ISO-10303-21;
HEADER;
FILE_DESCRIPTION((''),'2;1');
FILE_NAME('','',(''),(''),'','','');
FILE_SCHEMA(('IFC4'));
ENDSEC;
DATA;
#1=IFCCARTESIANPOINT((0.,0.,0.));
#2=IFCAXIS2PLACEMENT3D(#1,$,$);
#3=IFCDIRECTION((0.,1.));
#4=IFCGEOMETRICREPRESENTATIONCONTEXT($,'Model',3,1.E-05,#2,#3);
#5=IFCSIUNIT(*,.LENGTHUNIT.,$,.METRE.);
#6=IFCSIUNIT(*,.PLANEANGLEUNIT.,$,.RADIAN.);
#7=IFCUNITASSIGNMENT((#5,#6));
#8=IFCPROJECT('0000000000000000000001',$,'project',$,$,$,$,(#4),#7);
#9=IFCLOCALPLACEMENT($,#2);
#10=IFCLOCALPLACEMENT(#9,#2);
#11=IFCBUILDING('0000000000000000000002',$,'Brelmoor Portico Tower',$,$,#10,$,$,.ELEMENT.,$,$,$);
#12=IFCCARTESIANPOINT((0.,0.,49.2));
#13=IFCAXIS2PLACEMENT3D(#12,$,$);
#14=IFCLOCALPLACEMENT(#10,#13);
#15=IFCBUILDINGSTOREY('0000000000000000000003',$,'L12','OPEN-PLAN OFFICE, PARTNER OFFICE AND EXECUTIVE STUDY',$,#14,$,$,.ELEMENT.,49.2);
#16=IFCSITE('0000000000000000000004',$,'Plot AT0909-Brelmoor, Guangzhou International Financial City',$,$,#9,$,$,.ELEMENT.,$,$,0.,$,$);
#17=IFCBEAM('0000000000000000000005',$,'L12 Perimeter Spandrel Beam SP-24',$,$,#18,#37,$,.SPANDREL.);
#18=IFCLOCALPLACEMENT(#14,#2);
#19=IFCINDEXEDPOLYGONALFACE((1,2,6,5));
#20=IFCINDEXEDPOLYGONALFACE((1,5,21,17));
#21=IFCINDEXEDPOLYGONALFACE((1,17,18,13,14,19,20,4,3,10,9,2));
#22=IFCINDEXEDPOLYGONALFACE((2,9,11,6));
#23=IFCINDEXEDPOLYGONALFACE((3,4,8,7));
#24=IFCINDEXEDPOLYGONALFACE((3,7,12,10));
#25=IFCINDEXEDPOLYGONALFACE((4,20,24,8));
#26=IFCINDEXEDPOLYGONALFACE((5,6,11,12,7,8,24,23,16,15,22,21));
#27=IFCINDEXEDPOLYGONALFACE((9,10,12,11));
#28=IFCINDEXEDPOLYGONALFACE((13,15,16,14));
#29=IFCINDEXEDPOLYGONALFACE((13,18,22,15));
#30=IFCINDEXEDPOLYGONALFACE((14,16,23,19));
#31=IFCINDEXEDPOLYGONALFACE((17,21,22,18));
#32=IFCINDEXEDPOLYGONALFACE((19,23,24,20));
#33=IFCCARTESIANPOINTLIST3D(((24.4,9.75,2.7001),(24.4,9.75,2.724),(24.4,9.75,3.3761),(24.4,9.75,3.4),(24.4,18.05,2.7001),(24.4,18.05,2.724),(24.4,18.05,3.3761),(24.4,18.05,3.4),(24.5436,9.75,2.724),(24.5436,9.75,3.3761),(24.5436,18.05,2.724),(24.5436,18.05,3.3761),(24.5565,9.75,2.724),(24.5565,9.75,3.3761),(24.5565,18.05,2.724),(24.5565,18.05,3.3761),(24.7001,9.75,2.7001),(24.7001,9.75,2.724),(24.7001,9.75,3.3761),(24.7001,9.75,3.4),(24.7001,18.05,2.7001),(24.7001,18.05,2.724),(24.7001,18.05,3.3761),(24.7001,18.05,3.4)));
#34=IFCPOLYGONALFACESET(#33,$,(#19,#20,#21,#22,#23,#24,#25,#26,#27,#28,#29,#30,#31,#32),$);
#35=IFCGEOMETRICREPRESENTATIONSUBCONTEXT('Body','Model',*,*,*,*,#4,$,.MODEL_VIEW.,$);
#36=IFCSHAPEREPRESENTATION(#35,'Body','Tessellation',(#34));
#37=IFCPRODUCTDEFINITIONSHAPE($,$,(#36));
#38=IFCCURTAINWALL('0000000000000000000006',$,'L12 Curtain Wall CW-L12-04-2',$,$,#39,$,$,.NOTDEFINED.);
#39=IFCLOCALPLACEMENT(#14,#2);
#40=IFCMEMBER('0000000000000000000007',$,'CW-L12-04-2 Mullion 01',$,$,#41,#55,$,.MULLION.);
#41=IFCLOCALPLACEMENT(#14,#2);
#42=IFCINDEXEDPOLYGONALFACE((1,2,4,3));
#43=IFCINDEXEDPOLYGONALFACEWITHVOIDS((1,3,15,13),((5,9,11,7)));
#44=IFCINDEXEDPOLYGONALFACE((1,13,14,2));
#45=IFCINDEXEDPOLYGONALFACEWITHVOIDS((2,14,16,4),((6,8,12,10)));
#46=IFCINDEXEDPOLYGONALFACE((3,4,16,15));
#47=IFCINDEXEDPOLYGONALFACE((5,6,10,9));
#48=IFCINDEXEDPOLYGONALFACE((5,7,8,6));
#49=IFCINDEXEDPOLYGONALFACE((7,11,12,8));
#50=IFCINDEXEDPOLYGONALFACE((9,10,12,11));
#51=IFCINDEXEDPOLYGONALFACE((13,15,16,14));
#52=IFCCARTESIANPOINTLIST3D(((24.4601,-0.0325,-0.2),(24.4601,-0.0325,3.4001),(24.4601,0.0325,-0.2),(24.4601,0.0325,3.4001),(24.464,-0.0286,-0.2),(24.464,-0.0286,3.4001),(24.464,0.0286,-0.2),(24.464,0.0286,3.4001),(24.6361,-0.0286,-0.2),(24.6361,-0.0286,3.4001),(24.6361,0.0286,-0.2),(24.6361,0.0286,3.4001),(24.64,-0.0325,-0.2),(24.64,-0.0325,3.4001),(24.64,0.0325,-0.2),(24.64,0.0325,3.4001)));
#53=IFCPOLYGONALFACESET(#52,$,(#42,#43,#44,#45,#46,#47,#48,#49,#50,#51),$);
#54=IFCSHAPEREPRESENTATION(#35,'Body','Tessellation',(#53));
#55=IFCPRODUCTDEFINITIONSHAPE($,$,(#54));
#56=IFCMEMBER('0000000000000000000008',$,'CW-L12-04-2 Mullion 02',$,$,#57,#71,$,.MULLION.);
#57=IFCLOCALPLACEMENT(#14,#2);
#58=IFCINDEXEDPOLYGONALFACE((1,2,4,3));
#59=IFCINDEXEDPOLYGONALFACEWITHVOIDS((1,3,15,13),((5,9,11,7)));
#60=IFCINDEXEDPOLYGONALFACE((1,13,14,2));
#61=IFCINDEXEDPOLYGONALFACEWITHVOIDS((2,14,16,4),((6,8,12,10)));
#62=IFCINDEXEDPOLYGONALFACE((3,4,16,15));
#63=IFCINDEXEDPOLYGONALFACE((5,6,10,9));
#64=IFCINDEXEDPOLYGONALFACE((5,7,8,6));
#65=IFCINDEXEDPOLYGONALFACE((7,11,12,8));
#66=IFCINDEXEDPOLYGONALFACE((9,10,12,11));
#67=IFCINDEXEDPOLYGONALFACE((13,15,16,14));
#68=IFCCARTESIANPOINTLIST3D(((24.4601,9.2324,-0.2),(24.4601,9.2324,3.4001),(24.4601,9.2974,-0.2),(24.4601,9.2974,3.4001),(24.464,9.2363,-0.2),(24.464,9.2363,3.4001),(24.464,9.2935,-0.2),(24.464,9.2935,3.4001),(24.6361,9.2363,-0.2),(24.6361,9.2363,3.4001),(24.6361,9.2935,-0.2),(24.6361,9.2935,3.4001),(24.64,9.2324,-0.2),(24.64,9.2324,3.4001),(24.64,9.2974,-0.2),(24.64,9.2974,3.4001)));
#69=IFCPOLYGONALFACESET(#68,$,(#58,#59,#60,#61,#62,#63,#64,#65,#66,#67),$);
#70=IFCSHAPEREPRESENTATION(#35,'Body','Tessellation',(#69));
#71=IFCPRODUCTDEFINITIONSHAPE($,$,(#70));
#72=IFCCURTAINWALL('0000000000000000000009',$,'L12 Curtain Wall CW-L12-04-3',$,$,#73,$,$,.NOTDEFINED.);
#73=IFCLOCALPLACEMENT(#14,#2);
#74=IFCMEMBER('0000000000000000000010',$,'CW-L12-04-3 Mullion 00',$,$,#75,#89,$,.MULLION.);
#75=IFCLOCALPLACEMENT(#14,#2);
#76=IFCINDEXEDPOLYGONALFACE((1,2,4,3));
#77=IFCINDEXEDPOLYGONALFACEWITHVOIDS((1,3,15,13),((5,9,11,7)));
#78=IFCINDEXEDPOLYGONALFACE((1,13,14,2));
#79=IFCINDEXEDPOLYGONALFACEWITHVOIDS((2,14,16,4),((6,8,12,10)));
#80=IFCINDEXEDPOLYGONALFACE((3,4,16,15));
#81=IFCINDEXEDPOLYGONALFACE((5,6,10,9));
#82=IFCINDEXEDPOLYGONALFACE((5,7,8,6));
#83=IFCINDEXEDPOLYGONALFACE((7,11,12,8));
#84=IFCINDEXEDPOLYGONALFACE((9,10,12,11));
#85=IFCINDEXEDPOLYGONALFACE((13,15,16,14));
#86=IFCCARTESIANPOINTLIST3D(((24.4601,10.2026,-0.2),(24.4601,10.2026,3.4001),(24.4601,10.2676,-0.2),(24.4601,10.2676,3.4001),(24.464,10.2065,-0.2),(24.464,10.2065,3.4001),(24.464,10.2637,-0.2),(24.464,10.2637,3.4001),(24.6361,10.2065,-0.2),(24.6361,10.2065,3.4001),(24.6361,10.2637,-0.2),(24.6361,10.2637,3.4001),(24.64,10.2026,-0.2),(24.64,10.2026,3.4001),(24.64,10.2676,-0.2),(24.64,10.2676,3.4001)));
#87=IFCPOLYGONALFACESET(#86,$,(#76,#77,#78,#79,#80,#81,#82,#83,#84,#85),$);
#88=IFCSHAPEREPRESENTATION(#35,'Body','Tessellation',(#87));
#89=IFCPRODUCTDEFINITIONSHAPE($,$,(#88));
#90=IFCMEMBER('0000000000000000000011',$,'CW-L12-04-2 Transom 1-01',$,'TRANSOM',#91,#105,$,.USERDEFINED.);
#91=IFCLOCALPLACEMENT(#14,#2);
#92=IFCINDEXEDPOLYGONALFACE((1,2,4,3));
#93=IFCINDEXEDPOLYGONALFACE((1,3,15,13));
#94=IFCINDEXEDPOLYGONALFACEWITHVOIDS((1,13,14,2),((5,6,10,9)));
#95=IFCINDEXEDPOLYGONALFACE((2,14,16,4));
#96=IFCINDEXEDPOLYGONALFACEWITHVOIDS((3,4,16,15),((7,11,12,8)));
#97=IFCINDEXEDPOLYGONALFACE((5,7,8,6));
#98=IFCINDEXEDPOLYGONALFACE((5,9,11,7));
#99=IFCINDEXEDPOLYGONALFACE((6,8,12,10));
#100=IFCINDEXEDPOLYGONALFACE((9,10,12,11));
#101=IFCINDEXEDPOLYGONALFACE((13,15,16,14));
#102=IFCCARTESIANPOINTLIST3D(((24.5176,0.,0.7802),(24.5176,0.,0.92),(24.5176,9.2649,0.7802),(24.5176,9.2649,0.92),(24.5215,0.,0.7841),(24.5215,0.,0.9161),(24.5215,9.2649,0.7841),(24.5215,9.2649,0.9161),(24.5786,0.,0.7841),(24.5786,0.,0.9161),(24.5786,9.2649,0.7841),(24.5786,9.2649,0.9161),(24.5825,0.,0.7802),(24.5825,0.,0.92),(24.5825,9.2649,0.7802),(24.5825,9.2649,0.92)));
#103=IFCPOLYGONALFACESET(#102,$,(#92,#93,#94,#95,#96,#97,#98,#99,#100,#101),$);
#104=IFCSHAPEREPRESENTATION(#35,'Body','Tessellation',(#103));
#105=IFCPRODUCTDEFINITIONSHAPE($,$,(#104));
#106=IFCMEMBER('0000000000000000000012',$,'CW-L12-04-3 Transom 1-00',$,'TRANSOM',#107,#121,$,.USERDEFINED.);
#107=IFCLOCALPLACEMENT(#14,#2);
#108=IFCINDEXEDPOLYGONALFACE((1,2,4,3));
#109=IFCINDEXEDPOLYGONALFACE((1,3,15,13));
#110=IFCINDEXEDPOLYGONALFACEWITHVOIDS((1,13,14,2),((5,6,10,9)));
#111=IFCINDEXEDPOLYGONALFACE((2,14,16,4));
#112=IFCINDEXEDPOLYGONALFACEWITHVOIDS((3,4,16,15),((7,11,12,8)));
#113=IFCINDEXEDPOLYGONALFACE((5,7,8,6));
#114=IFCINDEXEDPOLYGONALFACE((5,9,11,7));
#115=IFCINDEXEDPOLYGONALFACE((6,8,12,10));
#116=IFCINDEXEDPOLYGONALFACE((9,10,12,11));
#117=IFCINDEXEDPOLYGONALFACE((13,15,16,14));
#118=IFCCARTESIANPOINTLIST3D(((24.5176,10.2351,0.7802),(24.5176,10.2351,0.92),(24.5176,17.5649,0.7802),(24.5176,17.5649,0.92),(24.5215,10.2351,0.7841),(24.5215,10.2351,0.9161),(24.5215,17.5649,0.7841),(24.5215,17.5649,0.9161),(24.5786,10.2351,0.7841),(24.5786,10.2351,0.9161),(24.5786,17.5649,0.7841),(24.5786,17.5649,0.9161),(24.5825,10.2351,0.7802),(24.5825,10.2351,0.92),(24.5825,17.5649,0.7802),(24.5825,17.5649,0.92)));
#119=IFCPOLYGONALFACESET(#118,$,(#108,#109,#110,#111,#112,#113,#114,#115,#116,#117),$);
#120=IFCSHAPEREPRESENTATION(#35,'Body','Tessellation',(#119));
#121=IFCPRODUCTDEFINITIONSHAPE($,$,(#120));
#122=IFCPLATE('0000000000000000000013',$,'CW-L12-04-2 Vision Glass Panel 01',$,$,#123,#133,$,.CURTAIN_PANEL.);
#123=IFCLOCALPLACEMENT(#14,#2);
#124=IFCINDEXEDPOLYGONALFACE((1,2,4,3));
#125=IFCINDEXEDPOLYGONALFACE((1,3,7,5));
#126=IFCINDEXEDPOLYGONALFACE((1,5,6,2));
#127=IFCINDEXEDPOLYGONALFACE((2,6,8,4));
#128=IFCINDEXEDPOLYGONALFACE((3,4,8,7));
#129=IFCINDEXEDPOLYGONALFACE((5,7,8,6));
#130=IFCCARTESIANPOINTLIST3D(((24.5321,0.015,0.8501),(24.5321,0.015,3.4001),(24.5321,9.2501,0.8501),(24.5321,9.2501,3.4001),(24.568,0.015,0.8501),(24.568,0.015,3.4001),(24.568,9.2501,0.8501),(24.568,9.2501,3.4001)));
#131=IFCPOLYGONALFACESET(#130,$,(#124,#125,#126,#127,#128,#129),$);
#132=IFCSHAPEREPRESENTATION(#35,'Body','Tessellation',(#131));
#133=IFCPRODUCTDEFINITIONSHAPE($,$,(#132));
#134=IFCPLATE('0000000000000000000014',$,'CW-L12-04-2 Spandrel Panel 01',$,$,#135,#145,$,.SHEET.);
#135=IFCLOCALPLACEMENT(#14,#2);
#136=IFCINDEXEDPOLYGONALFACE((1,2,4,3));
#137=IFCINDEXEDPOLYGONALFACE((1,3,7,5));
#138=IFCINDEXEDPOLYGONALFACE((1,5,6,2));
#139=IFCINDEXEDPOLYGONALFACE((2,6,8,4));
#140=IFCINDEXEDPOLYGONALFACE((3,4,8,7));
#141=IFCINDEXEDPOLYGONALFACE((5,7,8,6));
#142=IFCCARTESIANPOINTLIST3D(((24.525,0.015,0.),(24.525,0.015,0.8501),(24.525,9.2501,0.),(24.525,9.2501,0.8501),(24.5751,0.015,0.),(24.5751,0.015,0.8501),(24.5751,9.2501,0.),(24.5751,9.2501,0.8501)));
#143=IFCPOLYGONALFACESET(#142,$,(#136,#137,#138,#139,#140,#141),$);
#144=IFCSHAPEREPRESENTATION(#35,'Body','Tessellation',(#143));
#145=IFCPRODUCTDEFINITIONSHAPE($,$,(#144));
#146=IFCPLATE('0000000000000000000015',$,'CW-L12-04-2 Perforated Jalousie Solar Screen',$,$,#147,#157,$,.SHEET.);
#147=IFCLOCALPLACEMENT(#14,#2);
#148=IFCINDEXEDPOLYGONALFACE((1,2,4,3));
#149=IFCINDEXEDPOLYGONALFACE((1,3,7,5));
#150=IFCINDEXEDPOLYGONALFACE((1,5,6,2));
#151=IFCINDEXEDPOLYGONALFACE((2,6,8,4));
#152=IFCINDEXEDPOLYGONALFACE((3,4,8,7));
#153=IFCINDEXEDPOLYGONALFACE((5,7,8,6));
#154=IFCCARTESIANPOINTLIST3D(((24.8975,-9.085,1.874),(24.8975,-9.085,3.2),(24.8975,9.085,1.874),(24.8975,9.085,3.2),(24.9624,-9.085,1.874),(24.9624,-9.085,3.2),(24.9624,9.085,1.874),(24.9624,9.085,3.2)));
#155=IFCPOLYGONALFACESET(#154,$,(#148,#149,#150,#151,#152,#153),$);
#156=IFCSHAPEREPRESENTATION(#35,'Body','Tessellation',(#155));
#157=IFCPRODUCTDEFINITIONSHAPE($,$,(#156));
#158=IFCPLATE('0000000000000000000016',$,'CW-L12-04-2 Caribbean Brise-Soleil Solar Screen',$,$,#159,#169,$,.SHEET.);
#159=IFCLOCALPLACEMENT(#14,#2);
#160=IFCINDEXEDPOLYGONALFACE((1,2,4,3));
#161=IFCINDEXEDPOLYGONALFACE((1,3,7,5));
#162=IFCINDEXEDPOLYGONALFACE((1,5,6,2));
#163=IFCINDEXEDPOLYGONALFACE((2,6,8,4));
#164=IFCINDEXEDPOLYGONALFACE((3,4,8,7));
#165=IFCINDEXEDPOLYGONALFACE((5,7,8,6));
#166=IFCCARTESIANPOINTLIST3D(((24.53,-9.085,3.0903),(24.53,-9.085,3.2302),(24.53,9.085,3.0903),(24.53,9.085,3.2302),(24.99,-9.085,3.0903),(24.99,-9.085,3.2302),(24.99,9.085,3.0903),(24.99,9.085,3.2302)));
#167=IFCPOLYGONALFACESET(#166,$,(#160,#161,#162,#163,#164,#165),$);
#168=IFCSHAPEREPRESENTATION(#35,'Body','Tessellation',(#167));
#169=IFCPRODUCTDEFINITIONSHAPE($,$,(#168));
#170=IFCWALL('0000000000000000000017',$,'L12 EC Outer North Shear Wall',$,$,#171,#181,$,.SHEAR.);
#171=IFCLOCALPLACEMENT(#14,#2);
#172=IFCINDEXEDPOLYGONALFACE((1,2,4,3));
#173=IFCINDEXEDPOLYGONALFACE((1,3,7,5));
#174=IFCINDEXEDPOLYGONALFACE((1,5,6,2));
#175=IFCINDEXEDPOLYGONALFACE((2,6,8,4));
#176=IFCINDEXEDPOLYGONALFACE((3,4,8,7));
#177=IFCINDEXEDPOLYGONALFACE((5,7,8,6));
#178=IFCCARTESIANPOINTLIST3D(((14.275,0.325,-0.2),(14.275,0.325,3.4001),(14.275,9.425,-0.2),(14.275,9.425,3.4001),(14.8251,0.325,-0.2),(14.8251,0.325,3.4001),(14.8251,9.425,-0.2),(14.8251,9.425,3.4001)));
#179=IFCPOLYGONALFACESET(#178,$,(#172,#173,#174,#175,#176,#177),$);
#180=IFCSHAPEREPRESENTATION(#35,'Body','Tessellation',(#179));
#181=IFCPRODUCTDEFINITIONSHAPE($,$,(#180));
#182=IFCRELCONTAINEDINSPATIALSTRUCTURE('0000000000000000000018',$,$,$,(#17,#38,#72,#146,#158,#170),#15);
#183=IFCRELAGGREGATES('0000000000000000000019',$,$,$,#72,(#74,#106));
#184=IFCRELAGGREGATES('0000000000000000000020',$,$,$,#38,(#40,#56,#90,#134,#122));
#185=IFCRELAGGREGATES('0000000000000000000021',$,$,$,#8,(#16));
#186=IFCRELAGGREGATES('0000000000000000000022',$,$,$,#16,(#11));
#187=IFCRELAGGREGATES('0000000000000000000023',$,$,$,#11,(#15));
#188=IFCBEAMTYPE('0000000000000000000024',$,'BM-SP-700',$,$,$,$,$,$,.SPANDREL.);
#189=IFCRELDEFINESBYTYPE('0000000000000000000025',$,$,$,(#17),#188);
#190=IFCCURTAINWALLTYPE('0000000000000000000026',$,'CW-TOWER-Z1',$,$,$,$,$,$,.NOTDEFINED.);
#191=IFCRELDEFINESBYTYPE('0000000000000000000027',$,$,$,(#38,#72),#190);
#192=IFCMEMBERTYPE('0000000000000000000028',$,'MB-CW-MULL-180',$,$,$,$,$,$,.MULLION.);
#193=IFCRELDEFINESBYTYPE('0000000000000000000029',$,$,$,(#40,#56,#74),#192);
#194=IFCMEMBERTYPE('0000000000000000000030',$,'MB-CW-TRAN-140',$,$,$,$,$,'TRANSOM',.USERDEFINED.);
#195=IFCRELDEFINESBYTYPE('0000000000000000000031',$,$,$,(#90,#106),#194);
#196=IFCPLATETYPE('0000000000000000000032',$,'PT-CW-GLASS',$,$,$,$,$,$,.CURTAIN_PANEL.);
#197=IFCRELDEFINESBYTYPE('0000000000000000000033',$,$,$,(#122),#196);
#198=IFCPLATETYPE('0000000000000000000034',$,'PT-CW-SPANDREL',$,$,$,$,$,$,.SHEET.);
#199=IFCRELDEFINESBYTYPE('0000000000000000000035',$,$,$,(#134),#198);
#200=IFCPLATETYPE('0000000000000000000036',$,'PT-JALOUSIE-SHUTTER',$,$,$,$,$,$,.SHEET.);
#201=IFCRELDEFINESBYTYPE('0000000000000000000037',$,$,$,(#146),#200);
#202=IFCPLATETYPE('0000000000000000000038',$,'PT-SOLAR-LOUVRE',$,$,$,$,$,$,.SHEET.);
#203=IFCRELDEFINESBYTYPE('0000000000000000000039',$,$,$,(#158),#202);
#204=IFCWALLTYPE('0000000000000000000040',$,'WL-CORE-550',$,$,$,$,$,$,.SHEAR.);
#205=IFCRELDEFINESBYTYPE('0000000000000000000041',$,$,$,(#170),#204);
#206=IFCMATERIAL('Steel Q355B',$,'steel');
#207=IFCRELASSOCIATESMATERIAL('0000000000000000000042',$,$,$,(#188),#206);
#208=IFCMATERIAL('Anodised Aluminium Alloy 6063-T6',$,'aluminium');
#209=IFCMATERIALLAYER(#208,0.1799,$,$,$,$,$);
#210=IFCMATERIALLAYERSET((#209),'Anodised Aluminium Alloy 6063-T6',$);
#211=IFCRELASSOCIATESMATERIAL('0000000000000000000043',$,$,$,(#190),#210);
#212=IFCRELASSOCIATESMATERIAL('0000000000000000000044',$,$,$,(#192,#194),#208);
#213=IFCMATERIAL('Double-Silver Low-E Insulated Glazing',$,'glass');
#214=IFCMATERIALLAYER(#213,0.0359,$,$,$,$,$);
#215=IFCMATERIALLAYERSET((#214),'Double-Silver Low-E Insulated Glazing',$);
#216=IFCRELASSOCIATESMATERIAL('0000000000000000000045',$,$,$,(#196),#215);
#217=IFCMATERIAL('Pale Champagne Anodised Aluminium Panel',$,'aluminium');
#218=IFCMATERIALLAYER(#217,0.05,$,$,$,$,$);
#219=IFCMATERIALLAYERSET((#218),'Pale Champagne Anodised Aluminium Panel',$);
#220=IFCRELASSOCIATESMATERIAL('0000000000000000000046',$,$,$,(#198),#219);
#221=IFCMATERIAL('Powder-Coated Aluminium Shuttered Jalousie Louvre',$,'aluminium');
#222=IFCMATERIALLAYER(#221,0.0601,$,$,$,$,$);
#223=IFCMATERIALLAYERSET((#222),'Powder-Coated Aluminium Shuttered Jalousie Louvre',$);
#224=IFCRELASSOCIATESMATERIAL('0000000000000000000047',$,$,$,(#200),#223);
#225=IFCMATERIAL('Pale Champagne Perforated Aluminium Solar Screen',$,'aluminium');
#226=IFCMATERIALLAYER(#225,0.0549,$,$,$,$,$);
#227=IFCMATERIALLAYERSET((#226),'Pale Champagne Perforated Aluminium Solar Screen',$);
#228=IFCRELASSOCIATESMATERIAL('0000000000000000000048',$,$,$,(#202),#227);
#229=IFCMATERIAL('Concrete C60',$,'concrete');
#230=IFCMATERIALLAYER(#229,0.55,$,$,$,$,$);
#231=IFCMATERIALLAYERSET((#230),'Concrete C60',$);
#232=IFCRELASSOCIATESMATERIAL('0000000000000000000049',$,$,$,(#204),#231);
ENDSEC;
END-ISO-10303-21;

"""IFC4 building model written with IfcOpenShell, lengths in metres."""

from ifc_helpers import new_model, si_unit, direction, frame, frame_2d, origin, origin_2d, place, context, subcontext, project, spatial, rectangle, hollow_rectangle, i_section, extrude, material, layer, layer_set, material_profile, profile_set, type_object, element, aggregate, save


model = new_model("IFC4")

# Units and contexts
model_context = context("Model", 3, precision=1e-05, world=origin(), true_north=direction((0.0, 1.0)))
body_context = subcontext(model_context, "Body", "Model", "MODEL_VIEW")
ifc_project = project(units=[si_unit("LENGTHUNIT", "METRE"), si_unit("PLANEANGLEUNIT", "RADIAN")], contexts=[model_context])

# Site, building, storey
site_placement = place(None, origin())
site = spatial("IfcSite", under=ifc_project, at=site_placement, Name="Plot AT0909-Brelmoor, Guangzhou International Financial City", CompositionType="ELEMENT", RefElevation=0.0)
building_placement = place(site_placement, origin())
building = spatial("IfcBuilding", under=site, at=building_placement, Name="Brelmoor Portico Tower", CompositionType="ELEMENT")
storey_placement = place(building_placement, frame((0.0, 0.0, 49.2)))
storey = spatial("IfcBuildingStorey", under=building, at=storey_placement, Name="L12", Description="OPEN-PLAN OFFICE, PARTNER OFFICE AND EXECUTIVE STUDY", CompositionType="ELEMENT", Elevation=49.2)

# Shared definitions
ifc_material_1 = material(Name="Steel Q355B", Category="steel")

# Beam
ifc_material_profile_1 = material_profile(ifc_material_1, i_section(OverallWidth=0.3, OverallDepth=0.7, WebThickness=0.0129, FlangeThickness=0.0239, at=origin_2d()), Name="HN 700x300x13x24")
ifc_profile_set_1 = profile_set([ifc_material_profile_1], Name="Steel Q355B")
beam_type_1 = type_object("IfcBeamType", Name="BM-SP-700", PredefinedType="SPANDREL", material=ifc_profile_set_1)
beam_1_placement = place(storey_placement, frame((24.55, 9.75, 3.05), z_axis=(0.0, 1.0, 0.0), x_axis=(-1.0, 0.0, 0.0)))
element("IfcBeam", 1, at=beam_1_placement, inside=storey, type_object=beam_type_1, Name="L12 Perimeter Spandrel Beam SP-24", PredefinedType="SPANDREL", context=body_context, shape_type="SweptSolid", body=[
    extrude(i_section(OverallWidth=0.3, OverallDepth=0.7, WebThickness=0.0129, FlangeThickness=0.0239, at=origin_2d()), origin(), (0.0, 0.0, 1.0), 8.3),
])

# Curtain wall, members
ifc_material_2 = material(Name="Anodised Aluminium Alloy 6063-T6", Category="aluminium")
ifc_layer_1 = layer(ifc_material_2, 0.1799)
ifc_layer_set_1 = layer_set([ifc_layer_1], Name="Anodised Aluminium Alloy 6063-T6")
curtain_wall_type = type_object("IfcCurtainWallType", Name="CW-TOWER-Z1", PredefinedType="NOTDEFINED", material=ifc_layer_set_1)
curtain_wall_1_placement = place(storey_placement, origin())
curtain_wall_1 = element("IfcCurtainWall", 2, at=curtain_wall_1_placement, inside=storey, type_object=curtain_wall_type, Name="L12 Curtain Wall CW-L12-04-2", PredefinedType="NOTDEFINED")
ifc_material_profile_2 = material_profile(ifc_material_2, hollow_rectangle(XDim=0.0649, YDim=0.1799, WallThickness=0.0039, at=origin_2d()), Name="ALU MULLION 65x180")
ifc_profile_set_2 = profile_set([ifc_material_profile_2], Name="Anodised Aluminium Alloy 6063-T6")
member_type_1 = type_object("IfcMemberType", Name="MB-CW-MULL-180", PredefinedType="MULLION", material=ifc_profile_set_2)
member_1_placement = place(storey_placement, frame((24.55, 0.0, -0.2), z_axis=(0.0, 0.0, 1.0), x_axis=(0.0, 1.0, 0.0)))
member_1 = element("IfcMember", 3, at=member_1_placement, type_object=member_type_1, Name="CW-L12-04-2 Mullion 01", PredefinedType="MULLION", context=body_context, shape_type="SweptSolid", body=[
    extrude(hollow_rectangle(XDim=0.0649, YDim=0.1799, WallThickness=0.0039, at=origin_2d()), origin(), (0.0, 0.0, 1.0), 3.6001),
])
member_2_placement = place(storey_placement, frame((24.55, 9.2649, -0.2), z_axis=(0.0, 0.0, 1.0), x_axis=(0.0, 1.0, 0.0)))
member_2 = element("IfcMember", 4, at=member_2_placement, type_object=member_type_1, Name="CW-L12-04-2 Mullion 02", PredefinedType="MULLION", context=body_context, shape_type="SweptSolid", body=[
    extrude(hollow_rectangle(XDim=0.0649, YDim=0.1799, WallThickness=0.0039, at=origin_2d()), origin(), (0.0, 0.0, 1.0), 3.6001),
])

# Curtain wall, member
curtain_wall_2_placement = place(storey_placement, origin())
curtain_wall_2 = element("IfcCurtainWall", 5, at=curtain_wall_2_placement, inside=storey, type_object=curtain_wall_type, Name="L12 Curtain Wall CW-L12-04-3", PredefinedType="NOTDEFINED")
member_3_placement = place(storey_placement, frame((24.55, 10.2351, -0.2), z_axis=(0.0, 0.0, 1.0), x_axis=(0.0, 1.0, 0.0)))
member_3 = element("IfcMember", 6, at=member_3_placement, type_object=member_type_1, Name="CW-L12-04-3 Mullion 00", PredefinedType="MULLION", context=body_context, shape_type="SweptSolid", body=[
    extrude(hollow_rectangle(XDim=0.0649, YDim=0.1799, WallThickness=0.0039, at=origin_2d()), origin(), (0.0, 0.0, 1.0), 3.6001),
])

# Members
ifc_material_profile_3 = material_profile(ifc_material_2, hollow_rectangle(XDim=0.0649, YDim=0.1399, WallThickness=0.0039, at=origin_2d()), Name="ALU TRANSOM 65x140")
ifc_profile_set_3 = profile_set([ifc_material_profile_3], Name="Anodised Aluminium Alloy 6063-T6")
member_type_2 = type_object("IfcMemberType", Name="MB-CW-TRAN-140", ElementType="TRANSOM", PredefinedType="USERDEFINED", material=ifc_profile_set_3)
member_4_placement = place(storey_placement, frame((24.55, 0.0, 0.8501), z_axis=(0.0, 1.0, 0.0), x_axis=(-1.0, 0.0, 0.0)))
member_4 = element("IfcMember", 7, at=member_4_placement, type_object=member_type_2, Name="CW-L12-04-2 Transom 1-01", ObjectType="TRANSOM", PredefinedType="USERDEFINED", context=body_context, shape_type="SweptSolid", body=[
    extrude(hollow_rectangle(XDim=0.0649, YDim=0.1399, WallThickness=0.0039, at=origin_2d()), origin(), (0.0, 0.0, 1.0), 9.2649),
])
member_5_placement = place(storey_placement, frame((24.55, 10.2351, 0.8501), z_axis=(0.0, 1.0, 0.0), x_axis=(-1.0, 0.0, 0.0)))
member_5 = element("IfcMember", 8, at=member_5_placement, type_object=member_type_2, Name="CW-L12-04-3 Transom 1-00", ObjectType="TRANSOM", PredefinedType="USERDEFINED", context=body_context, shape_type="SweptSolid", body=[
    extrude(hollow_rectangle(XDim=0.0649, YDim=0.1399, WallThickness=0.0039, at=origin_2d()), origin(), (0.0, 0.0, 1.0), 7.3298),
])
aggregate(curtain_wall_2, [member_3, member_5])

# Plates
ifc_material_3 = material(Name="Double-Silver Low-E Insulated Glazing", Category="glass")
ifc_layer_2 = layer(ifc_material_3, 0.0359)
ifc_layer_set_2 = layer_set([ifc_layer_2], Name="Double-Silver Low-E Insulated Glazing")
plate_type_1 = type_object("IfcPlateType", Name="PT-CW-GLASS", PredefinedType="CURTAIN_PANEL", material=ifc_layer_set_2)
plate_1_placement = place(storey_placement, frame((24.55, 4.6326, 0.8501), z_axis=(0.0, 0.0, 1.0), x_axis=(0.0, 1.0, 0.0)))
plate_1 = element("IfcPlate", 9, at=plate_1_placement, type_object=plate_type_1, Name="CW-L12-04-2 Vision Glass Panel 01", PredefinedType="CURTAIN_PANEL", context=body_context, shape_type="SweptSolid", body=[
    extrude(rectangle(XDim=9.2351, YDim=0.0359, at=origin_2d()), origin(), (0.0, 0.0, 1.0), 2.55),
])
ifc_material_4 = material(Name="Pale Champagne Anodised Aluminium Panel", Category="aluminium")
ifc_layer_3 = layer(ifc_material_4, 0.05)
ifc_layer_set_3 = layer_set([ifc_layer_3], Name="Pale Champagne Anodised Aluminium Panel")
plate_type_2 = type_object("IfcPlateType", Name="PT-CW-SPANDREL", PredefinedType="SHEET", material=ifc_layer_set_3)
plate_2_placement = place(storey_placement, frame((24.55, 4.6326, 0.0), z_axis=(0.0, 0.0, 1.0), x_axis=(0.0, 1.0, 0.0)))
plate_2 = element("IfcPlate", 10, at=plate_2_placement, type_object=plate_type_2, Name="CW-L12-04-2 Spandrel Panel 01", PredefinedType="SHEET", context=body_context, shape_type="SweptSolid", body=[
    extrude(rectangle(XDim=9.2351, YDim=0.05, at=origin_2d()), origin(), (0.0, 0.0, 1.0), 0.8501),
])
aggregate(curtain_wall_1, [member_1, member_2, member_4, plate_2, plate_1])

# Plates
ifc_material_5 = material(Name="Powder-Coated Aluminium Shuttered Jalousie Louvre", Category="aluminium")
ifc_layer_4 = layer(ifc_material_5, 0.0601)
ifc_layer_set_4 = layer_set([ifc_layer_4], Name="Powder-Coated Aluminium Shuttered Jalousie Louvre")
plate_type_3 = type_object("IfcPlateType", Name="PT-JALOUSIE-SHUTTER", PredefinedType="SHEET", material=ifc_layer_set_4)
plate_3_placement = place(storey_placement, frame((24.9299, 0.0, 1.874), z_axis=(0.0, 0.0, 1.0), x_axis=(0.0, 1.0, 0.0)))
element("IfcPlate", 11, at=plate_3_placement, inside=storey, type_object=plate_type_3, Name="CW-L12-04-2 Perforated Jalousie Solar Screen", PredefinedType="SHEET", context=body_context, shape_type="SweptSolid", body=[
    extrude(rectangle(XDim=18.1699, YDim=0.0649, at=origin_2d()), origin(), (0.0, 0.0, 1.0), 1.3259),
])
ifc_material_6 = material(Name="Pale Champagne Perforated Aluminium Solar Screen", Category="aluminium")
ifc_layer_5 = layer(ifc_material_6, 0.0549)
ifc_layer_set_5 = layer_set([ifc_layer_5], Name="Pale Champagne Perforated Aluminium Solar Screen")
plate_type_4 = type_object("IfcPlateType", Name="PT-SOLAR-LOUVRE", PredefinedType="SHEET", material=ifc_layer_set_5)
plate_4_placement = place(storey_placement, frame((24.76, 0.0, 3.0903), z_axis=(0.0, 0.0, 1.0), x_axis=(0.0, 1.0, 0.0)))
element("IfcPlate", 12, at=plate_4_placement, inside=storey, type_object=plate_type_4, Name="CW-L12-04-2 Caribbean Brise-Soleil Solar Screen", PredefinedType="SHEET", context=body_context, shape_type="SweptSolid", body=[
    extrude(rectangle(XDim=18.1699, YDim=0.46, at=origin_2d()), origin(), (0.0, 0.0, 1.0), 0.1399),
])

# Wall
ifc_material_7 = material(Name="Concrete C60", Category="concrete")
ifc_layer_6 = layer(ifc_material_7, 0.55)
ifc_layer_set_6 = layer_set([ifc_layer_6], Name="Concrete C60")
wall_type_1 = type_object("IfcWallType", Name="WL-CORE-550", PredefinedType="SHEAR", material=ifc_layer_set_6)
wall_1_placement = place(storey_placement, frame((14.55, 0.325, -0.2), z_axis=(0.0, 0.0, 1.0), x_axis=(0.0, 1.0, 0.0)))
element("IfcWall", 13, at=wall_1_placement, inside=storey, type_object=wall_type_1, Name="L12 EC Outer North Shear Wall", PredefinedType="SHEAR", context=body_context, shape_type="SweptSolid", body=[
    extrude(rectangle(XDim=9.1001, YDim=0.55, at=frame_2d((4.55, 0.0))), origin(), (0.0, 0.0, 1.0), 3.6001),
])

save(model, "model.ifc")
